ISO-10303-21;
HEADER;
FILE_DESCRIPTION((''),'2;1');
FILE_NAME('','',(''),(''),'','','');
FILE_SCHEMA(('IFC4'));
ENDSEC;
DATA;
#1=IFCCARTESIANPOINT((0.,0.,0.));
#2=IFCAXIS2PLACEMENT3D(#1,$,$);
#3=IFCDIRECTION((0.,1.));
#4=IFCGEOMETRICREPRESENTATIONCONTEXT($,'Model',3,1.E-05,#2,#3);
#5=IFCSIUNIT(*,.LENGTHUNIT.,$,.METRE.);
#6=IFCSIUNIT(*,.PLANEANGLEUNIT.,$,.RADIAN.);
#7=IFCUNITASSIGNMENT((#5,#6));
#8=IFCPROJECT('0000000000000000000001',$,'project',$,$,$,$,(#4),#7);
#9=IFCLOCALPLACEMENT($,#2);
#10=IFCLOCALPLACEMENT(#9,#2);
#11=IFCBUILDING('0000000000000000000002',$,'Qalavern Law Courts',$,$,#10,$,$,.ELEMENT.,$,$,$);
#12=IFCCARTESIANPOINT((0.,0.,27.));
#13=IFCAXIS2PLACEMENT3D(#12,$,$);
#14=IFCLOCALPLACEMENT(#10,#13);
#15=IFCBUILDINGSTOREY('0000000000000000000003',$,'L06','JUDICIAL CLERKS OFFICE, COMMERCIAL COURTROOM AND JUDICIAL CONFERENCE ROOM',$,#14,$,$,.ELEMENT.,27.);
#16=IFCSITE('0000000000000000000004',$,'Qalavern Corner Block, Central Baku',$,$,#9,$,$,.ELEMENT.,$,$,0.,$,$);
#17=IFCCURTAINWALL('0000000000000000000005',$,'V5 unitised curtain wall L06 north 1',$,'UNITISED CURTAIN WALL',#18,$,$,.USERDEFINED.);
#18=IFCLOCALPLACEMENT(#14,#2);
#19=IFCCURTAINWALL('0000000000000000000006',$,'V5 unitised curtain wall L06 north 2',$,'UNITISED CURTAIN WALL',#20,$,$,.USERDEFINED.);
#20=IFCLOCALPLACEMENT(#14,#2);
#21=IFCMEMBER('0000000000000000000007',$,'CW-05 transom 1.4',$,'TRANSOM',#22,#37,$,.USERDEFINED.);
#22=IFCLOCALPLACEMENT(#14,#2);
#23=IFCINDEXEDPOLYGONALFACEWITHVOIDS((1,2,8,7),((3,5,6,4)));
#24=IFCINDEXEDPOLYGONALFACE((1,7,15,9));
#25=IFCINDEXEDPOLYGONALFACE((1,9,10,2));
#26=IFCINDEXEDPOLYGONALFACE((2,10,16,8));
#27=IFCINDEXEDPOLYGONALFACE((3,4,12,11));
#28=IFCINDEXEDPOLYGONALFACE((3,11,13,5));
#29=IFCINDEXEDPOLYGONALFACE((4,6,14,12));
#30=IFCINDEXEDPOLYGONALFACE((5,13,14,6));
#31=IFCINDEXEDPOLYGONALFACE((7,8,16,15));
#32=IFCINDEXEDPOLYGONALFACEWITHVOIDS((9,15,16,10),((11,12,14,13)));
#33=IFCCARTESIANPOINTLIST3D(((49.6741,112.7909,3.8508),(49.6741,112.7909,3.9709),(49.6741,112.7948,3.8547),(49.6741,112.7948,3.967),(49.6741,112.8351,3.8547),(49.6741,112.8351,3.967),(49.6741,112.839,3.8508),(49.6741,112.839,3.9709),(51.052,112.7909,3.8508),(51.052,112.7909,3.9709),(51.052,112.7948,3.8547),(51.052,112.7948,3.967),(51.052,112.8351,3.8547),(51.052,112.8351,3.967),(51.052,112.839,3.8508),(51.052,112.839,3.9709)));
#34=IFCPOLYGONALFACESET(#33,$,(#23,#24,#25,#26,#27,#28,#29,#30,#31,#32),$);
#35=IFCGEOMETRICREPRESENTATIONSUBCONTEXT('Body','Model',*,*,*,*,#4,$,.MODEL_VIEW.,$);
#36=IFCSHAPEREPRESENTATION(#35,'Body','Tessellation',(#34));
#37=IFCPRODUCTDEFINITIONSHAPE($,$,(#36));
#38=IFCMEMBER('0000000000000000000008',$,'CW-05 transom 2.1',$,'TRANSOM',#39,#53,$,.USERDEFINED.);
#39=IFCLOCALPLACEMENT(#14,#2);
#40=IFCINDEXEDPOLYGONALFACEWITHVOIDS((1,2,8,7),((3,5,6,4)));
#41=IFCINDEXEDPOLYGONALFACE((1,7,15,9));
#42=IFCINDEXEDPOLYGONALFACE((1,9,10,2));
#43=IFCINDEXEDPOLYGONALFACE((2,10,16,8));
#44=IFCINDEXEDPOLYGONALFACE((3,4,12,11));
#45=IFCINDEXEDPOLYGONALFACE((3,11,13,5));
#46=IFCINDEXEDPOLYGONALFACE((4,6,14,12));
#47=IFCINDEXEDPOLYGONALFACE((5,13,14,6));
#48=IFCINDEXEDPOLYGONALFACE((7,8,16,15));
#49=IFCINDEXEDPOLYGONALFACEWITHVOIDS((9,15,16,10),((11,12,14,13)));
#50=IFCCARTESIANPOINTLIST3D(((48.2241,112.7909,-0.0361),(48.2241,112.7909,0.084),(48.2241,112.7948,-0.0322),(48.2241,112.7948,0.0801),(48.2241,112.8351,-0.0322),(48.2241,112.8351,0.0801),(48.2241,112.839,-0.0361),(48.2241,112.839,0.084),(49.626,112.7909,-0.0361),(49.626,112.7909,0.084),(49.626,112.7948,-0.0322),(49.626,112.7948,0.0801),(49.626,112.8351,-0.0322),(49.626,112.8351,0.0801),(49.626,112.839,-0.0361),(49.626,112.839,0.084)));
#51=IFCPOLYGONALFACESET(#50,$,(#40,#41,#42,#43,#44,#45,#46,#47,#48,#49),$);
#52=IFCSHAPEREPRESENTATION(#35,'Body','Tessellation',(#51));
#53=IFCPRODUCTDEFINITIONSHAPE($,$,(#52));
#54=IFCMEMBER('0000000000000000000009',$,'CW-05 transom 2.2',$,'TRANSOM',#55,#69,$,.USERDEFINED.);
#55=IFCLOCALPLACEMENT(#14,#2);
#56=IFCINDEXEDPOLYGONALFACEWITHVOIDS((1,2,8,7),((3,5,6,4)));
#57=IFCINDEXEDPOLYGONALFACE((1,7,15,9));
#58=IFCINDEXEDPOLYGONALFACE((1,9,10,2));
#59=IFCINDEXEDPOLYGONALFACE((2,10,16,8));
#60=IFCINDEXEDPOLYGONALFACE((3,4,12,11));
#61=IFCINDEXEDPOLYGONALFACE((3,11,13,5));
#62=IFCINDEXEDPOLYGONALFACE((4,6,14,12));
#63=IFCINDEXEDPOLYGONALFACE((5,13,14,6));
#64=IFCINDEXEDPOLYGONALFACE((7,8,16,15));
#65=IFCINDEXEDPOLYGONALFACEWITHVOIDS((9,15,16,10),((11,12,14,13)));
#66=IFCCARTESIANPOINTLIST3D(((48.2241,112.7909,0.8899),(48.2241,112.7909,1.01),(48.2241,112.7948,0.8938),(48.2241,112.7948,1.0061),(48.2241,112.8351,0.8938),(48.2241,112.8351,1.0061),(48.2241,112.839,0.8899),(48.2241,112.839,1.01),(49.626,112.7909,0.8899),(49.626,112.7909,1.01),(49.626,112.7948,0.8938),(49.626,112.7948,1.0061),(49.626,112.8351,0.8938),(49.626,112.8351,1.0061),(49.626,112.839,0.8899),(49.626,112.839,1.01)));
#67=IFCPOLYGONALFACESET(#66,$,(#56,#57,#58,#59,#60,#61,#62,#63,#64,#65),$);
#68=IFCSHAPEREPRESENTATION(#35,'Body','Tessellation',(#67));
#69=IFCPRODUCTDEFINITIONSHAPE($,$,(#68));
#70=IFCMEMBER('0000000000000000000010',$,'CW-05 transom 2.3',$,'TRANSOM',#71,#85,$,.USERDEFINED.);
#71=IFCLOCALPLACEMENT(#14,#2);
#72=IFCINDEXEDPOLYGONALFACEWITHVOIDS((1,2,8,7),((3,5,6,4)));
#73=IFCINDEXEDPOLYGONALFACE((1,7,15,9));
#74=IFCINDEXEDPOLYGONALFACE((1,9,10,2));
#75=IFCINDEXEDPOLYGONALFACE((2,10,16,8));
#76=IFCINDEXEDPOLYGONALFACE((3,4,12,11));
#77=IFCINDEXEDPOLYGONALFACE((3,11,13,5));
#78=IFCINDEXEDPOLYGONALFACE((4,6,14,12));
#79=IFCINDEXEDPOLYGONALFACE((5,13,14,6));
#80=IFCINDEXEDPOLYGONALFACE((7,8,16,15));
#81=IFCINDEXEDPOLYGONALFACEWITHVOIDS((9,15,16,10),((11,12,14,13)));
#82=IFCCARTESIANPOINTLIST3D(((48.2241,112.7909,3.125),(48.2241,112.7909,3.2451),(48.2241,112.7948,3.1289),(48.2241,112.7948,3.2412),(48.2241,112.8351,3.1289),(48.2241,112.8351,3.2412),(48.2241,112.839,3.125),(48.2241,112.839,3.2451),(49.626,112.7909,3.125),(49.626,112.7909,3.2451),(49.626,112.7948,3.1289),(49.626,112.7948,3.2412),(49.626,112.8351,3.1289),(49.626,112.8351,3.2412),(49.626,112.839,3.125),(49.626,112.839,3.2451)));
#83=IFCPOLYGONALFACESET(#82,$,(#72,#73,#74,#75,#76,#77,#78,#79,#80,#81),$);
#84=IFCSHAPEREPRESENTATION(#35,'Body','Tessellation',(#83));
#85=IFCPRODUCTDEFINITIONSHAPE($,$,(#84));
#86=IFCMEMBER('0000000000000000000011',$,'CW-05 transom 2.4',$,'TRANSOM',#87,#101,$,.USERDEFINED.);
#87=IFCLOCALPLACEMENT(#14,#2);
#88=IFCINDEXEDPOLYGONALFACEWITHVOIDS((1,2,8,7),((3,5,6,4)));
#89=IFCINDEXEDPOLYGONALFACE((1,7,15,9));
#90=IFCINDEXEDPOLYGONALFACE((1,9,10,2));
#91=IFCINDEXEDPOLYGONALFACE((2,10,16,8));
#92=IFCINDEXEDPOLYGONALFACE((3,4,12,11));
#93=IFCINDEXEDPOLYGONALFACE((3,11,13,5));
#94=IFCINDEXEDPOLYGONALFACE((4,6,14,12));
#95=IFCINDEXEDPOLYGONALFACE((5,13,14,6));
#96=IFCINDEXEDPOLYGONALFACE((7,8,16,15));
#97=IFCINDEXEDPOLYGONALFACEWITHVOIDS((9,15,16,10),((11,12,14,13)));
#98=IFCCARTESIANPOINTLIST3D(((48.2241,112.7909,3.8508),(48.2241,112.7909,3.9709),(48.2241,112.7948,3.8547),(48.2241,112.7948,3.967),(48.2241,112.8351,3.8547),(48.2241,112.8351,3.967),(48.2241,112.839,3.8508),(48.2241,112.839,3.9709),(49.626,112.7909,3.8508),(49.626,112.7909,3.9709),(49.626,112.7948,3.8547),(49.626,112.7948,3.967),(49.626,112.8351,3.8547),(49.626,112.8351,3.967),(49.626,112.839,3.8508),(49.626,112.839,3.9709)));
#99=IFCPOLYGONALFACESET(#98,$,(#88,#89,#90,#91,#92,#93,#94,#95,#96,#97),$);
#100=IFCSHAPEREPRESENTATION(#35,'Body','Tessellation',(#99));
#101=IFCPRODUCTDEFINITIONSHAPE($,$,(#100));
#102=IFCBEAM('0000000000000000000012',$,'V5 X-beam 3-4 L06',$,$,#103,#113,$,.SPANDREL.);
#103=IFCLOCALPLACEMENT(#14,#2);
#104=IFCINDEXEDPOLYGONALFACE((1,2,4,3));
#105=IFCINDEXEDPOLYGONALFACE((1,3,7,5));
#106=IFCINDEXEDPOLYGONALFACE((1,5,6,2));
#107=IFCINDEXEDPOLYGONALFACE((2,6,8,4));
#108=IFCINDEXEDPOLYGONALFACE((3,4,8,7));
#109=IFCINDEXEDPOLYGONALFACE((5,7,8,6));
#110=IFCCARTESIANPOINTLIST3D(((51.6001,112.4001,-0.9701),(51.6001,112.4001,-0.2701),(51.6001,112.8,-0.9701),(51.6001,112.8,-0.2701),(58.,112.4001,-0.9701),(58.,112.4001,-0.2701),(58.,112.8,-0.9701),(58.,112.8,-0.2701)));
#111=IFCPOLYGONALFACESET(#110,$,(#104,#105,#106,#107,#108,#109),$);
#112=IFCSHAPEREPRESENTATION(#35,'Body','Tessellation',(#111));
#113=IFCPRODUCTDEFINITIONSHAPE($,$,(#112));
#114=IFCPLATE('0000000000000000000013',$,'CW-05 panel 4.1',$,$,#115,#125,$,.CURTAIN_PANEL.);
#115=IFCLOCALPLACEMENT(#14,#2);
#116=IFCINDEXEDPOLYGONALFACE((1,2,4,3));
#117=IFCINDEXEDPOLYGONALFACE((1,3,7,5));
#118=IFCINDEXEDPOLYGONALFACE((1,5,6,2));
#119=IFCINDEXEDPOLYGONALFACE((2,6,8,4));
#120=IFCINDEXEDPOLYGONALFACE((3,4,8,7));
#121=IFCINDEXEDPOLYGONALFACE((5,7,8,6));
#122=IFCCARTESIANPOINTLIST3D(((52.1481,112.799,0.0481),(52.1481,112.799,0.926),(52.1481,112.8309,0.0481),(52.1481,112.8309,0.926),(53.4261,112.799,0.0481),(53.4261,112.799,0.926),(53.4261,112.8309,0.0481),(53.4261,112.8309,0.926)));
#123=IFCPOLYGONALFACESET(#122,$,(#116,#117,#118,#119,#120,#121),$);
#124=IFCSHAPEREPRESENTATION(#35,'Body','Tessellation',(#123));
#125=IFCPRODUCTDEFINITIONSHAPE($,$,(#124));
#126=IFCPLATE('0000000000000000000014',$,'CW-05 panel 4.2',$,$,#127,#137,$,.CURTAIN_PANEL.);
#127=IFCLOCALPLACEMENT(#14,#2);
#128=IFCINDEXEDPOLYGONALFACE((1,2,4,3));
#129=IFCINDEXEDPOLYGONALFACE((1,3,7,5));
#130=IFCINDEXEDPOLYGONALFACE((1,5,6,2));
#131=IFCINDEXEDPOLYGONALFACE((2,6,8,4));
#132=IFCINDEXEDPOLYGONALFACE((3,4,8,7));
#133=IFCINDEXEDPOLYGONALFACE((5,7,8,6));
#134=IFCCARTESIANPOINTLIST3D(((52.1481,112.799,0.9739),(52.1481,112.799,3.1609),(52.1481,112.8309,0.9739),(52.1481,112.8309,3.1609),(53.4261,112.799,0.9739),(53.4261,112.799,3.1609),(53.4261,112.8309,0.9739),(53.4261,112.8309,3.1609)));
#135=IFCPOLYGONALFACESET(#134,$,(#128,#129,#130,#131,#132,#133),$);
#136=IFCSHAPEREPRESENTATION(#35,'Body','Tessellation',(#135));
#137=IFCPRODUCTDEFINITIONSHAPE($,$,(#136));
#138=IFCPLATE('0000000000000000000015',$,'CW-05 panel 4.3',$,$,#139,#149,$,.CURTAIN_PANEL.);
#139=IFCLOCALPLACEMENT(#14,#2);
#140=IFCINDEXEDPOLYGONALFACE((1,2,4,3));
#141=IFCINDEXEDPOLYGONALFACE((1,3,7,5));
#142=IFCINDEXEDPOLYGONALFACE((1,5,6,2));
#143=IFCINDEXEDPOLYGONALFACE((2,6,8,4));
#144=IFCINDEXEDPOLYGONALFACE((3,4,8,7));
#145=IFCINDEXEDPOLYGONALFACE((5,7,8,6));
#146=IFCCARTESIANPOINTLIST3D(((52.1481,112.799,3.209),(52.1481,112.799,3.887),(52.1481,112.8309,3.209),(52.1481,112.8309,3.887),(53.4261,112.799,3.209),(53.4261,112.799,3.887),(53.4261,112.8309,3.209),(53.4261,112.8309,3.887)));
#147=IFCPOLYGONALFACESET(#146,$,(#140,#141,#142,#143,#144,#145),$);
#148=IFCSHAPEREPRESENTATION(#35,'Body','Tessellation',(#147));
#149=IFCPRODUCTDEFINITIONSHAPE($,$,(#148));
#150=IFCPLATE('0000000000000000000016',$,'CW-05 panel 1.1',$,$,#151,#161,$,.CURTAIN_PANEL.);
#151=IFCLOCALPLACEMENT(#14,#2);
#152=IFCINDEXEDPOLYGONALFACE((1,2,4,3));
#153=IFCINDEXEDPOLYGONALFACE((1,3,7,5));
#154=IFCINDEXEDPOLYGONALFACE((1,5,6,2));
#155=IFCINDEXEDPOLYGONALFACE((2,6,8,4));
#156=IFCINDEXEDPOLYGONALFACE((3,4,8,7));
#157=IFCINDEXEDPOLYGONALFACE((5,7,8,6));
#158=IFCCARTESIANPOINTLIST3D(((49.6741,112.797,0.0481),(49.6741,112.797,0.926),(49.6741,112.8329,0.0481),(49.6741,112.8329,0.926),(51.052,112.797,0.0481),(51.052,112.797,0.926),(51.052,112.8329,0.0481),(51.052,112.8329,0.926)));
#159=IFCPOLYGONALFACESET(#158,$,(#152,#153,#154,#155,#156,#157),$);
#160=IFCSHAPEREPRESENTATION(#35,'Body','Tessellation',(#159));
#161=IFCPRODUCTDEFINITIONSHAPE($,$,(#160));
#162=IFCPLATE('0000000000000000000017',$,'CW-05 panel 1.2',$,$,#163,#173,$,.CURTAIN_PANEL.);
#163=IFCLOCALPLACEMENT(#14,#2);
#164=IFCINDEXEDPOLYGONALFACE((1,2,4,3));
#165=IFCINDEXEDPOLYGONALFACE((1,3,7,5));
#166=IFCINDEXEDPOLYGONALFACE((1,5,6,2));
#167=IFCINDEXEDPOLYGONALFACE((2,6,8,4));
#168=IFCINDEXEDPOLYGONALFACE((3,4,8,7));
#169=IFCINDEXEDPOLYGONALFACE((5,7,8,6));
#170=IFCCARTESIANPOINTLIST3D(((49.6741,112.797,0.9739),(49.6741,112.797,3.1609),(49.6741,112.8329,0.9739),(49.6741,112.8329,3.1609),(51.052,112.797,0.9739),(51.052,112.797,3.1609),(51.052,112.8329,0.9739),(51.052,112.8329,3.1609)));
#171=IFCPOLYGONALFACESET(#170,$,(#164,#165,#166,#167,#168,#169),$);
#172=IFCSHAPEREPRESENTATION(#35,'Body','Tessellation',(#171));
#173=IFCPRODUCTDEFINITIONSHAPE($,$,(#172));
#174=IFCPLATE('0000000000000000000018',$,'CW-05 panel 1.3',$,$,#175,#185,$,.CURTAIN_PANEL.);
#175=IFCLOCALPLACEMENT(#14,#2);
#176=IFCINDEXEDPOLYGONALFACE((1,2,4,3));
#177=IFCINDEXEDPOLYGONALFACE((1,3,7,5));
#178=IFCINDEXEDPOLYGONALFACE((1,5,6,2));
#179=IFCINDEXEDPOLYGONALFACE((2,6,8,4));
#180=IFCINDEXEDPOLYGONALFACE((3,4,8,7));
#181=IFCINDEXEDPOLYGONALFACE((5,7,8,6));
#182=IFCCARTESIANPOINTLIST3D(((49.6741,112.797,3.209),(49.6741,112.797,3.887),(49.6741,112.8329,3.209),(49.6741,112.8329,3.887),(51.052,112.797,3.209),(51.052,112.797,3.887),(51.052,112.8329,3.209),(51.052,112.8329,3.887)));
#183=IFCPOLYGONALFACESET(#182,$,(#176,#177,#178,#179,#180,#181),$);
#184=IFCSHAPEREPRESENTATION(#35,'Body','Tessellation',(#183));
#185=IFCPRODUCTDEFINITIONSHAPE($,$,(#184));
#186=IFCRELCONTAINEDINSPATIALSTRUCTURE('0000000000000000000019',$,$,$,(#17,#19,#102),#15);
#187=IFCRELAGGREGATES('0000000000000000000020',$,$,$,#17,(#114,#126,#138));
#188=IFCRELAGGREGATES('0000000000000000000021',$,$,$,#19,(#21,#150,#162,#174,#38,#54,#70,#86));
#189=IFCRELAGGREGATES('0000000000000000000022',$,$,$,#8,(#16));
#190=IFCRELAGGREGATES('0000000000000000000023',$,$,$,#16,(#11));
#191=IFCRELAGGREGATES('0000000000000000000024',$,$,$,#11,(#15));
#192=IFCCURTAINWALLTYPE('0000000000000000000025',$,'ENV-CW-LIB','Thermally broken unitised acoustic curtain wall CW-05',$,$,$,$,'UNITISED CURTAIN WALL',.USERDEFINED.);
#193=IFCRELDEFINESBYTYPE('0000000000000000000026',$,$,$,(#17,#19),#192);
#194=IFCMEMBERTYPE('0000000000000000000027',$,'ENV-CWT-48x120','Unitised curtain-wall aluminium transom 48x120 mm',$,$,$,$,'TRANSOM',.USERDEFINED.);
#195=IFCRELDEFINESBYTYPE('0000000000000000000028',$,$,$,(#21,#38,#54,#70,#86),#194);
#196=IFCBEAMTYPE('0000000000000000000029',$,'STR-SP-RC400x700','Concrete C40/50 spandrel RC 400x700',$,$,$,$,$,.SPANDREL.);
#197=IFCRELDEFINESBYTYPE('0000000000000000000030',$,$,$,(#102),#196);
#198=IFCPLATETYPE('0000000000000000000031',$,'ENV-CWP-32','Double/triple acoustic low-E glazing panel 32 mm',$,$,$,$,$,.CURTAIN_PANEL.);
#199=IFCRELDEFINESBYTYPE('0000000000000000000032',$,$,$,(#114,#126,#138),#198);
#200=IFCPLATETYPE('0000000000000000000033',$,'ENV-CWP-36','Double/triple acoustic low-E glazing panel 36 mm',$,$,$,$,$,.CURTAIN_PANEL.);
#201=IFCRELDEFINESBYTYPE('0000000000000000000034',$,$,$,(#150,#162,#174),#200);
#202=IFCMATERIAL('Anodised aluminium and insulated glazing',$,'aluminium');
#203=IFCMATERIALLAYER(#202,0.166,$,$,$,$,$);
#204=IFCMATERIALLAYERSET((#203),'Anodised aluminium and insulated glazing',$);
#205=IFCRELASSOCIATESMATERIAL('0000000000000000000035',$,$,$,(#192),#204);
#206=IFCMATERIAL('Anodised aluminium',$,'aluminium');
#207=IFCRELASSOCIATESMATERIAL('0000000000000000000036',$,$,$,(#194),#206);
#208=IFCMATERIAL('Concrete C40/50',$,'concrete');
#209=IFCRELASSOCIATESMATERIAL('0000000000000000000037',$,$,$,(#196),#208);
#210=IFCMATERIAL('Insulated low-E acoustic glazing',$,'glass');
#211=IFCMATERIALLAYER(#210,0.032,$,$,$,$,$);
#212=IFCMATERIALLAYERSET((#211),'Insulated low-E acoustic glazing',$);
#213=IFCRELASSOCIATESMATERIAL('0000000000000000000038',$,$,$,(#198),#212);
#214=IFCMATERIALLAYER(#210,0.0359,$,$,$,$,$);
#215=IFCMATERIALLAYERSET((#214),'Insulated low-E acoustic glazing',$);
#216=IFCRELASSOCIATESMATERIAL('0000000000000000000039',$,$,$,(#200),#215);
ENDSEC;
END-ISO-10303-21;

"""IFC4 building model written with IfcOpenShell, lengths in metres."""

from ifc_helpers import new_model, si_unit, direction, frame, origin, origin_2d, place, context, subcontext, project, spatial, rectangle, hollow_rectangle, extrude, material, layer, layer_set, material_profile, profile_set, type_object, element, aggregate, save


model = new_model("IFC4")

# Units and contexts
model_context = context("Model", 3, precision=1e-05, world=origin(), true_north=direction((0.0, 1.0)))
body_context = subcontext(model_context, "Body", "Model", "MODEL_VIEW")
ifc_project = project(units=[si_unit("LENGTHUNIT", "METRE"), si_unit("PLANEANGLEUNIT", "RADIAN")], contexts=[model_context])

# Site, building, storey
site_placement = place(None, origin())
site = spatial("IfcSite", under=ifc_project, at=site_placement, Name="Qalavern Corner Block, Central Baku", CompositionType="ELEMENT", RefElevation=0.0)
building_placement = place(site_placement, origin())
building = spatial("IfcBuilding", under=site, at=building_placement, Name="Qalavern Law Courts", CompositionType="ELEMENT")
storey_placement = place(building_placement, frame((0.0, 0.0, 27.0)))
storey = spatial("IfcBuildingStorey", under=building, at=storey_placement, Name="L06", Description="JUDICIAL CLERKS OFFICE, COMMERCIAL COURTROOM AND JUDICIAL CONFERENCE ROOM", CompositionType="ELEMENT", Elevation=27.0)

# Curtain wall
ifc_material_1 = material(Name="Anodised aluminium and insulated glazing", Category="aluminium")
ifc_layer_1 = layer(ifc_material_1, 0.166)
ifc_layer_set_1 = layer_set([ifc_layer_1], Name="Anodised aluminium and insulated glazing")
curtain_wall_type = type_object("IfcCurtainWallType", Name="ENV-CW-LIB", Description="Thermally broken unitised acoustic curtain wall CW-05", ElementType="UNITISED CURTAIN WALL", PredefinedType="USERDEFINED", material=ifc_layer_set_1)
curtain_wall_1_placement = place(storey_placement, origin())
curtain_wall_1 = element("IfcCurtainWall", 1, at=curtain_wall_1_placement, inside=storey, type_object=curtain_wall_type, Name="V5 unitised curtain wall L06 north 1", ObjectType="UNITISED CURTAIN WALL", PredefinedType="USERDEFINED")
ifc_material_2 = material(Name="Anodised aluminium", Category="aluminium")

# Curtain wall
curtain_wall_2_placement = place(storey_placement, origin())
curtain_wall_2 = element("IfcCurtainWall", 2, at=curtain_wall_2_placement, inside=storey, type_object=curtain_wall_type, Name="V5 unitised curtain wall L06 north 2", ObjectType="UNITISED CURTAIN WALL", PredefinedType="USERDEFINED")

# Members
ifc_material_profile_1 = material_profile(ifc_material_2, hollow_rectangle(XDim=0.0481, YDim=0.1201, WallThickness=0.0039, at=origin_2d()), Name="ALU TRANSOM 48x120")
ifc_profile_set_1 = profile_set([ifc_material_profile_1], Name="Anodised aluminium")
member_type_1 = type_object("IfcMemberType", Name="ENV-CWT-48x120", Description="Unitised curtain-wall aluminium transom 48x120 mm", ElementType="TRANSOM", PredefinedType="USERDEFINED", material=ifc_profile_set_1)
member_1_placement = place(storey_placement, frame((51.052, 112.8149, 3.9109), z_axis=(-1.0, 0.0, 0.0), x_axis=(0.0, -1.0, 0.0)))
member_1 = element("IfcMember", 3, at=member_1_placement, type_object=member_type_1, Name="CW-05 transom 1.4", ObjectType="TRANSOM", PredefinedType="USERDEFINED", context=body_context, shape_type="SweptSolid", body=[
    extrude(hollow_rectangle(XDim=0.0481, YDim=0.1201, WallThickness=0.0039, at=origin_2d()), origin(), (0.0, 0.0, 1.0), 1.3779),
])
member_2_placement = place(storey_placement, frame((49.626, 112.8149, 0.0239), z_axis=(-1.0, 0.0, 0.0), x_axis=(0.0, -1.0, 0.0)))
member_2 = element("IfcMember", 4, at=member_2_placement, type_object=member_type_1, Name="CW-05 transom 2.1", ObjectType="TRANSOM", PredefinedType="USERDEFINED", context=body_context, shape_type="SweptSolid", body=[
    extrude(hollow_rectangle(XDim=0.0481, YDim=0.1201, WallThickness=0.0039, at=origin_2d()), origin(), (0.0, 0.0, 1.0), 1.4019),
])
member_3_placement = place(storey_placement, frame((49.626, 112.8149, 0.95), z_axis=(-1.0, 0.0, 0.0), x_axis=(0.0, -1.0, 0.0)))
member_3 = element("IfcMember", 5, at=member_3_placement, type_object=member_type_1, Name="CW-05 transom 2.2", ObjectType="TRANSOM", PredefinedType="USERDEFINED", context=body_context, shape_type="SweptSolid", body=[
    extrude(hollow_rectangle(XDim=0.0481, YDim=0.1201, WallThickness=0.0039, at=origin_2d()), origin(), (0.0, 0.0, 1.0), 1.4019),
])
member_4_placement = place(storey_placement, frame((49.626, 112.8149, 3.1851), z_axis=(-1.0, 0.0, 0.0), x_axis=(0.0, -1.0, 0.0)))
member_4 = element("IfcMember", 6, at=member_4_placement, type_object=member_type_1, Name="CW-05 transom 2.3", ObjectType="TRANSOM", PredefinedType="USERDEFINED", context=body_context, shape_type="SweptSolid", body=[
    extrude(hollow_rectangle(XDim=0.0481, YDim=0.1201, WallThickness=0.0039, at=origin_2d()), origin(), (0.0, 0.0, 1.0), 1.4019),
])
member_5_placement = place(storey_placement, frame((49.626, 112.8149, 3.9109), z_axis=(-1.0, 0.0, 0.0), x_axis=(0.0, -1.0, 0.0)))
member_5 = element("IfcMember", 7, at=member_5_placement, type_object=member_type_1, Name="CW-05 transom 2.4", ObjectType="TRANSOM", PredefinedType="USERDEFINED", context=body_context, shape_type="SweptSolid", body=[
    extrude(hollow_rectangle(XDim=0.0481, YDim=0.1201, WallThickness=0.0039, at=origin_2d()), origin(), (0.0, 0.0, 1.0), 1.4019),
])

# Beam
ifc_material_3 = material(Name="Concrete C40/50", Category="concrete")
ifc_material_profile_2 = material_profile(ifc_material_3, rectangle(XDim=0.3999, YDim=0.7, at=origin_2d()), Name="RC 400x700")
ifc_profile_set_2 = profile_set([ifc_material_profile_2], Name="Concrete C40/50")
beam_type = type_object("IfcBeamType", Name="STR-SP-RC400x700", Description="Concrete C40/50 spandrel RC 400x700", PredefinedType="SPANDREL", material=ifc_profile_set_2)
beam_placement = place(storey_placement, frame((51.6001, 112.6001, -0.6201), z_axis=(1.0, 0.0, 0.0), x_axis=(0.0, 1.0, 0.0)))
element("IfcBeam", 8, at=beam_placement, inside=storey, type_object=beam_type, Name="V5 X-beam 3-4 L06", PredefinedType="SPANDREL", context=body_context, shape_type="SweptSolid", body=[
    extrude(rectangle(XDim=0.3999, YDim=0.7, at=origin_2d()), origin(), (0.0, 0.0, 1.0), 6.3999),
])

# Plates
ifc_material_4 = material(Name="Insulated low-E acoustic glazing", Category="glass")
ifc_layer_2 = layer(ifc_material_4, 0.032)
ifc_layer_set_2 = layer_set([ifc_layer_2], Name="Insulated low-E acoustic glazing")
plate_type_1 = type_object("IfcPlateType", Name="ENV-CWP-32", Description="Double/triple acoustic low-E glazing panel 32 mm", PredefinedType="CURTAIN_PANEL", material=ifc_layer_set_2)
plate_1_placement = place(storey_placement, frame((52.7871, 112.8149, 0.0481), z_axis=(0.0, 0.0, 1.0), x_axis=(-1.0, 0.0, 0.0)))
plate_1 = element("IfcPlate", 9, at=plate_1_placement, type_object=plate_type_1, Name="CW-05 panel 4.1", PredefinedType="CURTAIN_PANEL", context=body_context, shape_type="SweptSolid", body=[
    extrude(rectangle(XDim=1.2781, YDim=0.032, at=origin_2d()), origin(), (0.0, 0.0, 1.0), 0.8779),
])
plate_2_placement = place(storey_placement, frame((52.7871, 112.8149, 0.9739), z_axis=(0.0, 0.0, 1.0), x_axis=(-1.0, 0.0, 0.0)))
plate_2 = element("IfcPlate", 10, at=plate_2_placement, type_object=plate_type_1, Name="CW-05 panel 4.2", PredefinedType="CURTAIN_PANEL", context=body_context, shape_type="SweptSolid", body=[
    extrude(rectangle(XDim=1.2781, YDim=0.032, at=origin_2d()), origin(), (0.0, 0.0, 1.0), 2.187),
])
plate_3_placement = place(storey_placement, frame((52.7871, 112.8149, 3.209), z_axis=(0.0, 0.0, 1.0), x_axis=(-1.0, 0.0, 0.0)))
plate_3 = element("IfcPlate", 11, at=plate_3_placement, type_object=plate_type_1, Name="CW-05 panel 4.3", PredefinedType="CURTAIN_PANEL", context=body_context, shape_type="SweptSolid", body=[
    extrude(rectangle(XDim=1.2781, YDim=0.032, at=origin_2d()), origin(), (0.0, 0.0, 1.0), 0.678),
])
aggregate(curtain_wall_1, [plate_1, plate_2, plate_3])
ifc_layer_3 = layer(ifc_material_4, 0.0359)
ifc_layer_set_3 = layer_set([ifc_layer_3], Name="Insulated low-E acoustic glazing")
plate_type_2 = type_object("IfcPlateType", Name="ENV-CWP-36", Description="Double/triple acoustic low-E glazing panel 36 mm", PredefinedType="CURTAIN_PANEL", material=ifc_layer_set_3)
plate_4_placement = place(storey_placement, frame((50.363, 112.8149, 0.0481), z_axis=(0.0, 0.0, 1.0), x_axis=(-1.0, 0.0, 0.0)))
plate_4 = element("IfcPlate", 12, at=plate_4_placement, type_object=plate_type_2, Name="CW-05 panel 1.1", PredefinedType="CURTAIN_PANEL", context=body_context, shape_type="SweptSolid", body=[
    extrude(rectangle(XDim=1.3779, YDim=0.0359, at=origin_2d()), origin(), (0.0, 0.0, 1.0), 0.8779),
])
plate_5_placement = place(storey_placement, frame((50.363, 112.8149, 0.9739), z_axis=(0.0, 0.0, 1.0), x_axis=(-1.0, 0.0, 0.0)))
plate_5 = element("IfcPlate", 13, at=plate_5_placement, type_object=plate_type_2, Name="CW-05 panel 1.2", PredefinedType="CURTAIN_PANEL", context=body_context, shape_type="SweptSolid", body=[
    extrude(rectangle(XDim=1.3779, YDim=0.0359, at=origin_2d()), origin(), (0.0, 0.0, 1.0), 2.187),
])
plate_6_placement = place(storey_placement, frame((50.363, 112.8149, 3.209), z_axis=(0.0, 0.0, 1.0), x_axis=(-1.0, 0.0, 0.0)))
plate_6 = element("IfcPlate", 14, at=plate_6_placement, type_object=plate_type_2, Name="CW-05 panel 1.3", PredefinedType="CURTAIN_PANEL", context=body_context, shape_type="SweptSolid", body=[
    extrude(rectangle(XDim=1.3779, YDim=0.0359, at=origin_2d()), origin(), (0.0, 0.0, 1.0), 0.678),
])
aggregate(curtain_wall_2, [member_1, plate_4, plate_5, plate_6, member_2, member_3, member_4, member_5])

save(model, "model.ifc")
